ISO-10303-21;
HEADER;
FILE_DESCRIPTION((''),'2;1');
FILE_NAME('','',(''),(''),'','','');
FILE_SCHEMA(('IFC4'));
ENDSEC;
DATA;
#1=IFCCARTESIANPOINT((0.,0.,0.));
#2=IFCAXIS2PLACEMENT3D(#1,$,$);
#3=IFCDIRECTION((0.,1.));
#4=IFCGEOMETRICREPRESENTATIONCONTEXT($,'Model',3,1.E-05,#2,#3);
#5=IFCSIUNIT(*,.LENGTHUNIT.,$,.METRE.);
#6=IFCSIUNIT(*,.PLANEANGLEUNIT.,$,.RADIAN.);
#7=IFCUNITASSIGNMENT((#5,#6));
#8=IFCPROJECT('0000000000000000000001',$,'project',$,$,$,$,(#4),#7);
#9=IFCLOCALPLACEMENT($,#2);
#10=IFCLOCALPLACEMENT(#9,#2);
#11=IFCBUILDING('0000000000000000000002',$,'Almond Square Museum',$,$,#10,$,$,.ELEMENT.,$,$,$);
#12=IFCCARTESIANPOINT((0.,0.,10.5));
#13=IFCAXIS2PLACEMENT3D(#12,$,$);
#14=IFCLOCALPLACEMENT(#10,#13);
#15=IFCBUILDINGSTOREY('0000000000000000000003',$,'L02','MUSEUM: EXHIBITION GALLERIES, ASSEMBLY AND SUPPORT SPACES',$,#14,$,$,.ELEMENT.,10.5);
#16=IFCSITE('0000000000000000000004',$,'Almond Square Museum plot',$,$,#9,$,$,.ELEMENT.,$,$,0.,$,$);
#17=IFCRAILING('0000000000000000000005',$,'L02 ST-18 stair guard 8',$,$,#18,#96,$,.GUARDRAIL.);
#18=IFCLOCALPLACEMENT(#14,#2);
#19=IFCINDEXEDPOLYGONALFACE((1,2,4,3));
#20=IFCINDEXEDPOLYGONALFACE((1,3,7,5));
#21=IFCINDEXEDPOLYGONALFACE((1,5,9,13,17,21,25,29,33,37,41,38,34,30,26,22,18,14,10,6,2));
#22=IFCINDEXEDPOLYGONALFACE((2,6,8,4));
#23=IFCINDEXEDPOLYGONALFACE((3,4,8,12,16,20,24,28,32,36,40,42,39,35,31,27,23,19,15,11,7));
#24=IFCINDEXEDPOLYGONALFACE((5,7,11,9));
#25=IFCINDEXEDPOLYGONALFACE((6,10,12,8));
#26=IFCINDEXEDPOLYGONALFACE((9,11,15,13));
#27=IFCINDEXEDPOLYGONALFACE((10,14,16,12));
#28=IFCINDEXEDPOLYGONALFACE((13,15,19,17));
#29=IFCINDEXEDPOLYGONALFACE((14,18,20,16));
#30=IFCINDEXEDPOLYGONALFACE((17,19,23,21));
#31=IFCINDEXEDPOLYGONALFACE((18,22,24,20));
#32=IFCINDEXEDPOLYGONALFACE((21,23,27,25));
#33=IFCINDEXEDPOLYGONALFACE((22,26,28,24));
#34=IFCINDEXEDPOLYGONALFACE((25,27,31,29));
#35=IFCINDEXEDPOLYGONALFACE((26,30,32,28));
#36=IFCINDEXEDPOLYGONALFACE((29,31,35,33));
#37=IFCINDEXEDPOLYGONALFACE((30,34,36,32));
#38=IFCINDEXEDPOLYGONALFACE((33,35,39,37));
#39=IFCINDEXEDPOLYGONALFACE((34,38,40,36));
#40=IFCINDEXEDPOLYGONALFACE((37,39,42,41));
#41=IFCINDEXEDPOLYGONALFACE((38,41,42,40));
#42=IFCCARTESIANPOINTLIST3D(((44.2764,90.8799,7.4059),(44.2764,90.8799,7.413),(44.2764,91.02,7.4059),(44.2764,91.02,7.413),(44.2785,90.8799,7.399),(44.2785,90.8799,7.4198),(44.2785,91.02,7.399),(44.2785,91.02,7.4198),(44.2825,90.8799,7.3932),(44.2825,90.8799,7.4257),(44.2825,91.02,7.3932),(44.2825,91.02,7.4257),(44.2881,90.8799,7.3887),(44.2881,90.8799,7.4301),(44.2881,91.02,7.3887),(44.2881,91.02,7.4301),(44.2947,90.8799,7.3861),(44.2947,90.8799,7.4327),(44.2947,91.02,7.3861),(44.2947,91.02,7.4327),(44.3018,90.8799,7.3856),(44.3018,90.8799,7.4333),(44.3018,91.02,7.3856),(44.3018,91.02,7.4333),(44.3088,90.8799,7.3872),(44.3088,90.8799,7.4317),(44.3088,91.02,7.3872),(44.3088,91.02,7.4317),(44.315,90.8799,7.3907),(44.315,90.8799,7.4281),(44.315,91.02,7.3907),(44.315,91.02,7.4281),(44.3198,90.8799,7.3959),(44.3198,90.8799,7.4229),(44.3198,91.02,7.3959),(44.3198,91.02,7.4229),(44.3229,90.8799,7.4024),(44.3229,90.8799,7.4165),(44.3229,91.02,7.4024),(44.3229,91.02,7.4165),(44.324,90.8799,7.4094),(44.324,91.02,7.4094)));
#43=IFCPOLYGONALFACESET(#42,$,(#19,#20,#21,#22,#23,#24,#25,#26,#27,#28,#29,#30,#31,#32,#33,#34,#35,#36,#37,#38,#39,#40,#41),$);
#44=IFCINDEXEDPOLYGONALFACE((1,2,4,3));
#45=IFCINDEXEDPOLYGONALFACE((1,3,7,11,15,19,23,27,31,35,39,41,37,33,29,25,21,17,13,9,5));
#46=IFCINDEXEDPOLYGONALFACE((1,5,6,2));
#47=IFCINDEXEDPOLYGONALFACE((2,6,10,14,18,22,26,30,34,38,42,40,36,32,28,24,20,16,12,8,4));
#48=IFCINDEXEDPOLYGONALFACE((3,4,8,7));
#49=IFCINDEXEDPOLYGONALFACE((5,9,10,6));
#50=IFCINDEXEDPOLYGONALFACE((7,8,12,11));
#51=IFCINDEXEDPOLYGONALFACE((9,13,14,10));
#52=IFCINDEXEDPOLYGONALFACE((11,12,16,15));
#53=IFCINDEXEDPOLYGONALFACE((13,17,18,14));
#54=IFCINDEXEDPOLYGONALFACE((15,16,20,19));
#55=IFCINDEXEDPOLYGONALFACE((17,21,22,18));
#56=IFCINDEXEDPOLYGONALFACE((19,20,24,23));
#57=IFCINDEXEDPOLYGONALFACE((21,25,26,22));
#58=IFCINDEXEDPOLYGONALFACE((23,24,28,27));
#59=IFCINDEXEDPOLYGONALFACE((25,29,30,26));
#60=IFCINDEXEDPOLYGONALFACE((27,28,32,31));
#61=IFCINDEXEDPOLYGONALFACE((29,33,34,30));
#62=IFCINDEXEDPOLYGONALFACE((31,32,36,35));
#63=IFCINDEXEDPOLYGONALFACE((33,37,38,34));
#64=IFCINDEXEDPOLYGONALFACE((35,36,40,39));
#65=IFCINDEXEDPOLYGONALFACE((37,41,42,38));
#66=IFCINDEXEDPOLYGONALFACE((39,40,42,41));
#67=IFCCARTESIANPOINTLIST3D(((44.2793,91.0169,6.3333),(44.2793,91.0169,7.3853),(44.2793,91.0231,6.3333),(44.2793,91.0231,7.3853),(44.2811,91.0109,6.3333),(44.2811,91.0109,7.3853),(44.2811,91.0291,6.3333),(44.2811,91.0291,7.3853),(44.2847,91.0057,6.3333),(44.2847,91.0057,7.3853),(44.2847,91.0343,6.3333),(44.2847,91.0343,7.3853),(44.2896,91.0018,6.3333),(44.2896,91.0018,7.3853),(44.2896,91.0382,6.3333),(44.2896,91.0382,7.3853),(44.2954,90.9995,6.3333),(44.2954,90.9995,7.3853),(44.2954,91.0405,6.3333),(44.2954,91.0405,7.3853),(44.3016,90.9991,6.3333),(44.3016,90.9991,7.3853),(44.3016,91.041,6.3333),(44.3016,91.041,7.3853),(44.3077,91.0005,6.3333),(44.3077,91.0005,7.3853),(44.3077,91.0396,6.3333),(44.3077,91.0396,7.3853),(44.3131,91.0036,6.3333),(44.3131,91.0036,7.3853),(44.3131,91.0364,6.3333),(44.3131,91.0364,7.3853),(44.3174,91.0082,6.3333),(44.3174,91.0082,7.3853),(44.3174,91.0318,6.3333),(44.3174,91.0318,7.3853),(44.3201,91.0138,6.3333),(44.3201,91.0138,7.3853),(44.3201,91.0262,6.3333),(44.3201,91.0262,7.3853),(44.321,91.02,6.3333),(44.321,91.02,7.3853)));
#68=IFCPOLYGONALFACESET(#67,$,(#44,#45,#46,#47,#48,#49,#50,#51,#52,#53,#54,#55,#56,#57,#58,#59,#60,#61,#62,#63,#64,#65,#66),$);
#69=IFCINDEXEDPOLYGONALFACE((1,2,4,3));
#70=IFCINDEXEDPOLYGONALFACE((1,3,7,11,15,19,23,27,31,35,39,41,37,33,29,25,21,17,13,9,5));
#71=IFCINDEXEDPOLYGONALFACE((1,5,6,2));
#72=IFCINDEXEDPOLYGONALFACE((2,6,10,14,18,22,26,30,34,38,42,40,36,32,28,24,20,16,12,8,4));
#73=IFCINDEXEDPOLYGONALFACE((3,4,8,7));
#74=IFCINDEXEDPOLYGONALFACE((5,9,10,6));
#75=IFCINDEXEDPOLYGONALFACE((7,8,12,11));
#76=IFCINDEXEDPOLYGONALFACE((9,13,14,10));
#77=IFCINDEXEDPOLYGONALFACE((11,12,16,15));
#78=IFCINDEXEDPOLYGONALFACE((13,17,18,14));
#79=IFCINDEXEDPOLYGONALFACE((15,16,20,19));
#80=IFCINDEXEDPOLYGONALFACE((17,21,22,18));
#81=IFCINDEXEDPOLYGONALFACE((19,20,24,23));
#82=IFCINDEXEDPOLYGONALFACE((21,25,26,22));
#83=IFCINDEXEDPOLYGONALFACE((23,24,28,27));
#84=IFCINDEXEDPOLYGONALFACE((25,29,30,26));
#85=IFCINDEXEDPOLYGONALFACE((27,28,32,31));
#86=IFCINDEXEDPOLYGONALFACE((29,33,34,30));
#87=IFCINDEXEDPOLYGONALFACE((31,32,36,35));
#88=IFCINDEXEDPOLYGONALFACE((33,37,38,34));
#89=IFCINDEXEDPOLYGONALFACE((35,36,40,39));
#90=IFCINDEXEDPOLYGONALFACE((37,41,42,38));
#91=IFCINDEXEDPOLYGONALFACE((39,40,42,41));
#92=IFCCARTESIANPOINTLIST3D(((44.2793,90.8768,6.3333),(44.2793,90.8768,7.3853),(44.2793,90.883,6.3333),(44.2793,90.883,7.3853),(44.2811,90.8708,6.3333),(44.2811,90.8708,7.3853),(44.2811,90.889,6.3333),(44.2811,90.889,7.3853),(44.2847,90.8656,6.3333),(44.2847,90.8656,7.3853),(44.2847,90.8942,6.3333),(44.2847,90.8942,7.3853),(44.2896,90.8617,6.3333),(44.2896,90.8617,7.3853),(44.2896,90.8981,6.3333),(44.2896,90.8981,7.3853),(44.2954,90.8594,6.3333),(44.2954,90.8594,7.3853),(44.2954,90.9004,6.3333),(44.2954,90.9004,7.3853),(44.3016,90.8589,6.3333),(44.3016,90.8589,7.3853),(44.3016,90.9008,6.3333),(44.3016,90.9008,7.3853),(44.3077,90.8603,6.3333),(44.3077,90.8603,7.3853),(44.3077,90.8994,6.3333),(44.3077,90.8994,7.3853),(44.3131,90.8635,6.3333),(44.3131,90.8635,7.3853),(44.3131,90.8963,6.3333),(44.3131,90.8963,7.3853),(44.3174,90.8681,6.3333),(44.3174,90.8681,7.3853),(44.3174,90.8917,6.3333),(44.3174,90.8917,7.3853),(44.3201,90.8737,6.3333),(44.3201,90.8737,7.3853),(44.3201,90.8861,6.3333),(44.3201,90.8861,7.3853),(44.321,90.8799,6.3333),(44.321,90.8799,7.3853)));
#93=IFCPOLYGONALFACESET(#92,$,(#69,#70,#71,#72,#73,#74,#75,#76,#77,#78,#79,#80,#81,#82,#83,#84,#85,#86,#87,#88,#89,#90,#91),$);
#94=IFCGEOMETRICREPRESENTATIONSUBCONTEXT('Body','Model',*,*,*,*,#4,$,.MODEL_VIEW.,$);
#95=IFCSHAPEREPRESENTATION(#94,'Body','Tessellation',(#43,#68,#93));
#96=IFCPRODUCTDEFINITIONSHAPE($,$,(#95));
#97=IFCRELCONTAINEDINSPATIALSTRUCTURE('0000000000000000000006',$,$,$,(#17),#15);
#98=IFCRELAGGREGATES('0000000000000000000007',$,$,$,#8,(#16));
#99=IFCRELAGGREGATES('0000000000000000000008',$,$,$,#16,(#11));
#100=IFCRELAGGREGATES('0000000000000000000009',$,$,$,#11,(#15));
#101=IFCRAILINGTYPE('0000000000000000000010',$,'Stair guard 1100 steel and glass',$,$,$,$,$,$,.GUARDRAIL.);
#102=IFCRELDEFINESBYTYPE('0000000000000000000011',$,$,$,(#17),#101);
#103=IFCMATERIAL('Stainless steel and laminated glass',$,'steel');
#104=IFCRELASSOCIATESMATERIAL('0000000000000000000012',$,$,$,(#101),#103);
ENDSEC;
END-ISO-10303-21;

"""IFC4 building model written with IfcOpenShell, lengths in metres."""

from ifc_helpers import new_model, si_unit, direction, frame, origin, origin_2d, place, context, subcontext, project, spatial, circle, extrude, material, type_object, element, save


model = new_model("IFC4")

# Units and contexts
model_context = context("Model", 3, precision=1e-05, world=origin(), true_north=direction((0.0, 1.0)))
body_context = subcontext(model_context, "Body", "Model", "MODEL_VIEW")
ifc_project = project(units=[si_unit("LENGTHUNIT", "METRE"), si_unit("PLANEANGLEUNIT", "RADIAN")], contexts=[model_context])

# Site, building, storey
site_placement = place(None, origin())
site = spatial("IfcSite", under=ifc_project, at=site_placement, Name="Almond Square Museum plot", CompositionType="ELEMENT", RefElevation=0.0)
building_placement = place(site_placement, origin())
building = spatial("IfcBuilding", under=site, at=building_placement, Name="Almond Square Museum", CompositionType="ELEMENT")
storey_placement = place(building_placement, frame((0.0, 0.0, 10.5)))
storey = spatial("IfcBuildingStorey", under=building, at=storey_placement, Name="L02", Description="MUSEUM: EXHIBITION GALLERIES, ASSEMBLY AND SUPPORT SPACES", CompositionType="ELEMENT", Elevation=10.5)

# Railing
ifc_material_1 = material(Name="Stainless steel and laminated glass", Category="steel")
railing_type_1 = type_object("IfcRailingType", Name="Stair guard 1100 steel and glass", PredefinedType="GUARDRAIL", material=ifc_material_1)
railing_1_placement = place(storey_placement, frame((44.3, 91.02, 6.3333)))
element("IfcRailing", 1, at=railing_1_placement, inside=storey, type_object=railing_type_1, Name="L02 ST-18 stair guard 8", PredefinedType="GUARDRAIL", context=body_context, shape_type="SweptSolid", body=[
    extrude(circle(Radius=0.0239, at=origin_2d()), frame((0.0, 0.0, 1.0762), z_axis=(0.0, -1.0, 0.0), x_axis=(1.0, 0.0, 0.0)), (0.0, 0.0, 1.0), 0.1401),
    extrude(circle(Radius=0.021, at=origin_2d()), origin(), (0.0, 0.0, 1.0), 1.052),
    extrude(circle(Radius=0.021, at=origin_2d()), frame((0.0, -0.1401, 0.0)), (0.0, 0.0, 1.0), 1.052),
])

save(model, "model.ifc")
